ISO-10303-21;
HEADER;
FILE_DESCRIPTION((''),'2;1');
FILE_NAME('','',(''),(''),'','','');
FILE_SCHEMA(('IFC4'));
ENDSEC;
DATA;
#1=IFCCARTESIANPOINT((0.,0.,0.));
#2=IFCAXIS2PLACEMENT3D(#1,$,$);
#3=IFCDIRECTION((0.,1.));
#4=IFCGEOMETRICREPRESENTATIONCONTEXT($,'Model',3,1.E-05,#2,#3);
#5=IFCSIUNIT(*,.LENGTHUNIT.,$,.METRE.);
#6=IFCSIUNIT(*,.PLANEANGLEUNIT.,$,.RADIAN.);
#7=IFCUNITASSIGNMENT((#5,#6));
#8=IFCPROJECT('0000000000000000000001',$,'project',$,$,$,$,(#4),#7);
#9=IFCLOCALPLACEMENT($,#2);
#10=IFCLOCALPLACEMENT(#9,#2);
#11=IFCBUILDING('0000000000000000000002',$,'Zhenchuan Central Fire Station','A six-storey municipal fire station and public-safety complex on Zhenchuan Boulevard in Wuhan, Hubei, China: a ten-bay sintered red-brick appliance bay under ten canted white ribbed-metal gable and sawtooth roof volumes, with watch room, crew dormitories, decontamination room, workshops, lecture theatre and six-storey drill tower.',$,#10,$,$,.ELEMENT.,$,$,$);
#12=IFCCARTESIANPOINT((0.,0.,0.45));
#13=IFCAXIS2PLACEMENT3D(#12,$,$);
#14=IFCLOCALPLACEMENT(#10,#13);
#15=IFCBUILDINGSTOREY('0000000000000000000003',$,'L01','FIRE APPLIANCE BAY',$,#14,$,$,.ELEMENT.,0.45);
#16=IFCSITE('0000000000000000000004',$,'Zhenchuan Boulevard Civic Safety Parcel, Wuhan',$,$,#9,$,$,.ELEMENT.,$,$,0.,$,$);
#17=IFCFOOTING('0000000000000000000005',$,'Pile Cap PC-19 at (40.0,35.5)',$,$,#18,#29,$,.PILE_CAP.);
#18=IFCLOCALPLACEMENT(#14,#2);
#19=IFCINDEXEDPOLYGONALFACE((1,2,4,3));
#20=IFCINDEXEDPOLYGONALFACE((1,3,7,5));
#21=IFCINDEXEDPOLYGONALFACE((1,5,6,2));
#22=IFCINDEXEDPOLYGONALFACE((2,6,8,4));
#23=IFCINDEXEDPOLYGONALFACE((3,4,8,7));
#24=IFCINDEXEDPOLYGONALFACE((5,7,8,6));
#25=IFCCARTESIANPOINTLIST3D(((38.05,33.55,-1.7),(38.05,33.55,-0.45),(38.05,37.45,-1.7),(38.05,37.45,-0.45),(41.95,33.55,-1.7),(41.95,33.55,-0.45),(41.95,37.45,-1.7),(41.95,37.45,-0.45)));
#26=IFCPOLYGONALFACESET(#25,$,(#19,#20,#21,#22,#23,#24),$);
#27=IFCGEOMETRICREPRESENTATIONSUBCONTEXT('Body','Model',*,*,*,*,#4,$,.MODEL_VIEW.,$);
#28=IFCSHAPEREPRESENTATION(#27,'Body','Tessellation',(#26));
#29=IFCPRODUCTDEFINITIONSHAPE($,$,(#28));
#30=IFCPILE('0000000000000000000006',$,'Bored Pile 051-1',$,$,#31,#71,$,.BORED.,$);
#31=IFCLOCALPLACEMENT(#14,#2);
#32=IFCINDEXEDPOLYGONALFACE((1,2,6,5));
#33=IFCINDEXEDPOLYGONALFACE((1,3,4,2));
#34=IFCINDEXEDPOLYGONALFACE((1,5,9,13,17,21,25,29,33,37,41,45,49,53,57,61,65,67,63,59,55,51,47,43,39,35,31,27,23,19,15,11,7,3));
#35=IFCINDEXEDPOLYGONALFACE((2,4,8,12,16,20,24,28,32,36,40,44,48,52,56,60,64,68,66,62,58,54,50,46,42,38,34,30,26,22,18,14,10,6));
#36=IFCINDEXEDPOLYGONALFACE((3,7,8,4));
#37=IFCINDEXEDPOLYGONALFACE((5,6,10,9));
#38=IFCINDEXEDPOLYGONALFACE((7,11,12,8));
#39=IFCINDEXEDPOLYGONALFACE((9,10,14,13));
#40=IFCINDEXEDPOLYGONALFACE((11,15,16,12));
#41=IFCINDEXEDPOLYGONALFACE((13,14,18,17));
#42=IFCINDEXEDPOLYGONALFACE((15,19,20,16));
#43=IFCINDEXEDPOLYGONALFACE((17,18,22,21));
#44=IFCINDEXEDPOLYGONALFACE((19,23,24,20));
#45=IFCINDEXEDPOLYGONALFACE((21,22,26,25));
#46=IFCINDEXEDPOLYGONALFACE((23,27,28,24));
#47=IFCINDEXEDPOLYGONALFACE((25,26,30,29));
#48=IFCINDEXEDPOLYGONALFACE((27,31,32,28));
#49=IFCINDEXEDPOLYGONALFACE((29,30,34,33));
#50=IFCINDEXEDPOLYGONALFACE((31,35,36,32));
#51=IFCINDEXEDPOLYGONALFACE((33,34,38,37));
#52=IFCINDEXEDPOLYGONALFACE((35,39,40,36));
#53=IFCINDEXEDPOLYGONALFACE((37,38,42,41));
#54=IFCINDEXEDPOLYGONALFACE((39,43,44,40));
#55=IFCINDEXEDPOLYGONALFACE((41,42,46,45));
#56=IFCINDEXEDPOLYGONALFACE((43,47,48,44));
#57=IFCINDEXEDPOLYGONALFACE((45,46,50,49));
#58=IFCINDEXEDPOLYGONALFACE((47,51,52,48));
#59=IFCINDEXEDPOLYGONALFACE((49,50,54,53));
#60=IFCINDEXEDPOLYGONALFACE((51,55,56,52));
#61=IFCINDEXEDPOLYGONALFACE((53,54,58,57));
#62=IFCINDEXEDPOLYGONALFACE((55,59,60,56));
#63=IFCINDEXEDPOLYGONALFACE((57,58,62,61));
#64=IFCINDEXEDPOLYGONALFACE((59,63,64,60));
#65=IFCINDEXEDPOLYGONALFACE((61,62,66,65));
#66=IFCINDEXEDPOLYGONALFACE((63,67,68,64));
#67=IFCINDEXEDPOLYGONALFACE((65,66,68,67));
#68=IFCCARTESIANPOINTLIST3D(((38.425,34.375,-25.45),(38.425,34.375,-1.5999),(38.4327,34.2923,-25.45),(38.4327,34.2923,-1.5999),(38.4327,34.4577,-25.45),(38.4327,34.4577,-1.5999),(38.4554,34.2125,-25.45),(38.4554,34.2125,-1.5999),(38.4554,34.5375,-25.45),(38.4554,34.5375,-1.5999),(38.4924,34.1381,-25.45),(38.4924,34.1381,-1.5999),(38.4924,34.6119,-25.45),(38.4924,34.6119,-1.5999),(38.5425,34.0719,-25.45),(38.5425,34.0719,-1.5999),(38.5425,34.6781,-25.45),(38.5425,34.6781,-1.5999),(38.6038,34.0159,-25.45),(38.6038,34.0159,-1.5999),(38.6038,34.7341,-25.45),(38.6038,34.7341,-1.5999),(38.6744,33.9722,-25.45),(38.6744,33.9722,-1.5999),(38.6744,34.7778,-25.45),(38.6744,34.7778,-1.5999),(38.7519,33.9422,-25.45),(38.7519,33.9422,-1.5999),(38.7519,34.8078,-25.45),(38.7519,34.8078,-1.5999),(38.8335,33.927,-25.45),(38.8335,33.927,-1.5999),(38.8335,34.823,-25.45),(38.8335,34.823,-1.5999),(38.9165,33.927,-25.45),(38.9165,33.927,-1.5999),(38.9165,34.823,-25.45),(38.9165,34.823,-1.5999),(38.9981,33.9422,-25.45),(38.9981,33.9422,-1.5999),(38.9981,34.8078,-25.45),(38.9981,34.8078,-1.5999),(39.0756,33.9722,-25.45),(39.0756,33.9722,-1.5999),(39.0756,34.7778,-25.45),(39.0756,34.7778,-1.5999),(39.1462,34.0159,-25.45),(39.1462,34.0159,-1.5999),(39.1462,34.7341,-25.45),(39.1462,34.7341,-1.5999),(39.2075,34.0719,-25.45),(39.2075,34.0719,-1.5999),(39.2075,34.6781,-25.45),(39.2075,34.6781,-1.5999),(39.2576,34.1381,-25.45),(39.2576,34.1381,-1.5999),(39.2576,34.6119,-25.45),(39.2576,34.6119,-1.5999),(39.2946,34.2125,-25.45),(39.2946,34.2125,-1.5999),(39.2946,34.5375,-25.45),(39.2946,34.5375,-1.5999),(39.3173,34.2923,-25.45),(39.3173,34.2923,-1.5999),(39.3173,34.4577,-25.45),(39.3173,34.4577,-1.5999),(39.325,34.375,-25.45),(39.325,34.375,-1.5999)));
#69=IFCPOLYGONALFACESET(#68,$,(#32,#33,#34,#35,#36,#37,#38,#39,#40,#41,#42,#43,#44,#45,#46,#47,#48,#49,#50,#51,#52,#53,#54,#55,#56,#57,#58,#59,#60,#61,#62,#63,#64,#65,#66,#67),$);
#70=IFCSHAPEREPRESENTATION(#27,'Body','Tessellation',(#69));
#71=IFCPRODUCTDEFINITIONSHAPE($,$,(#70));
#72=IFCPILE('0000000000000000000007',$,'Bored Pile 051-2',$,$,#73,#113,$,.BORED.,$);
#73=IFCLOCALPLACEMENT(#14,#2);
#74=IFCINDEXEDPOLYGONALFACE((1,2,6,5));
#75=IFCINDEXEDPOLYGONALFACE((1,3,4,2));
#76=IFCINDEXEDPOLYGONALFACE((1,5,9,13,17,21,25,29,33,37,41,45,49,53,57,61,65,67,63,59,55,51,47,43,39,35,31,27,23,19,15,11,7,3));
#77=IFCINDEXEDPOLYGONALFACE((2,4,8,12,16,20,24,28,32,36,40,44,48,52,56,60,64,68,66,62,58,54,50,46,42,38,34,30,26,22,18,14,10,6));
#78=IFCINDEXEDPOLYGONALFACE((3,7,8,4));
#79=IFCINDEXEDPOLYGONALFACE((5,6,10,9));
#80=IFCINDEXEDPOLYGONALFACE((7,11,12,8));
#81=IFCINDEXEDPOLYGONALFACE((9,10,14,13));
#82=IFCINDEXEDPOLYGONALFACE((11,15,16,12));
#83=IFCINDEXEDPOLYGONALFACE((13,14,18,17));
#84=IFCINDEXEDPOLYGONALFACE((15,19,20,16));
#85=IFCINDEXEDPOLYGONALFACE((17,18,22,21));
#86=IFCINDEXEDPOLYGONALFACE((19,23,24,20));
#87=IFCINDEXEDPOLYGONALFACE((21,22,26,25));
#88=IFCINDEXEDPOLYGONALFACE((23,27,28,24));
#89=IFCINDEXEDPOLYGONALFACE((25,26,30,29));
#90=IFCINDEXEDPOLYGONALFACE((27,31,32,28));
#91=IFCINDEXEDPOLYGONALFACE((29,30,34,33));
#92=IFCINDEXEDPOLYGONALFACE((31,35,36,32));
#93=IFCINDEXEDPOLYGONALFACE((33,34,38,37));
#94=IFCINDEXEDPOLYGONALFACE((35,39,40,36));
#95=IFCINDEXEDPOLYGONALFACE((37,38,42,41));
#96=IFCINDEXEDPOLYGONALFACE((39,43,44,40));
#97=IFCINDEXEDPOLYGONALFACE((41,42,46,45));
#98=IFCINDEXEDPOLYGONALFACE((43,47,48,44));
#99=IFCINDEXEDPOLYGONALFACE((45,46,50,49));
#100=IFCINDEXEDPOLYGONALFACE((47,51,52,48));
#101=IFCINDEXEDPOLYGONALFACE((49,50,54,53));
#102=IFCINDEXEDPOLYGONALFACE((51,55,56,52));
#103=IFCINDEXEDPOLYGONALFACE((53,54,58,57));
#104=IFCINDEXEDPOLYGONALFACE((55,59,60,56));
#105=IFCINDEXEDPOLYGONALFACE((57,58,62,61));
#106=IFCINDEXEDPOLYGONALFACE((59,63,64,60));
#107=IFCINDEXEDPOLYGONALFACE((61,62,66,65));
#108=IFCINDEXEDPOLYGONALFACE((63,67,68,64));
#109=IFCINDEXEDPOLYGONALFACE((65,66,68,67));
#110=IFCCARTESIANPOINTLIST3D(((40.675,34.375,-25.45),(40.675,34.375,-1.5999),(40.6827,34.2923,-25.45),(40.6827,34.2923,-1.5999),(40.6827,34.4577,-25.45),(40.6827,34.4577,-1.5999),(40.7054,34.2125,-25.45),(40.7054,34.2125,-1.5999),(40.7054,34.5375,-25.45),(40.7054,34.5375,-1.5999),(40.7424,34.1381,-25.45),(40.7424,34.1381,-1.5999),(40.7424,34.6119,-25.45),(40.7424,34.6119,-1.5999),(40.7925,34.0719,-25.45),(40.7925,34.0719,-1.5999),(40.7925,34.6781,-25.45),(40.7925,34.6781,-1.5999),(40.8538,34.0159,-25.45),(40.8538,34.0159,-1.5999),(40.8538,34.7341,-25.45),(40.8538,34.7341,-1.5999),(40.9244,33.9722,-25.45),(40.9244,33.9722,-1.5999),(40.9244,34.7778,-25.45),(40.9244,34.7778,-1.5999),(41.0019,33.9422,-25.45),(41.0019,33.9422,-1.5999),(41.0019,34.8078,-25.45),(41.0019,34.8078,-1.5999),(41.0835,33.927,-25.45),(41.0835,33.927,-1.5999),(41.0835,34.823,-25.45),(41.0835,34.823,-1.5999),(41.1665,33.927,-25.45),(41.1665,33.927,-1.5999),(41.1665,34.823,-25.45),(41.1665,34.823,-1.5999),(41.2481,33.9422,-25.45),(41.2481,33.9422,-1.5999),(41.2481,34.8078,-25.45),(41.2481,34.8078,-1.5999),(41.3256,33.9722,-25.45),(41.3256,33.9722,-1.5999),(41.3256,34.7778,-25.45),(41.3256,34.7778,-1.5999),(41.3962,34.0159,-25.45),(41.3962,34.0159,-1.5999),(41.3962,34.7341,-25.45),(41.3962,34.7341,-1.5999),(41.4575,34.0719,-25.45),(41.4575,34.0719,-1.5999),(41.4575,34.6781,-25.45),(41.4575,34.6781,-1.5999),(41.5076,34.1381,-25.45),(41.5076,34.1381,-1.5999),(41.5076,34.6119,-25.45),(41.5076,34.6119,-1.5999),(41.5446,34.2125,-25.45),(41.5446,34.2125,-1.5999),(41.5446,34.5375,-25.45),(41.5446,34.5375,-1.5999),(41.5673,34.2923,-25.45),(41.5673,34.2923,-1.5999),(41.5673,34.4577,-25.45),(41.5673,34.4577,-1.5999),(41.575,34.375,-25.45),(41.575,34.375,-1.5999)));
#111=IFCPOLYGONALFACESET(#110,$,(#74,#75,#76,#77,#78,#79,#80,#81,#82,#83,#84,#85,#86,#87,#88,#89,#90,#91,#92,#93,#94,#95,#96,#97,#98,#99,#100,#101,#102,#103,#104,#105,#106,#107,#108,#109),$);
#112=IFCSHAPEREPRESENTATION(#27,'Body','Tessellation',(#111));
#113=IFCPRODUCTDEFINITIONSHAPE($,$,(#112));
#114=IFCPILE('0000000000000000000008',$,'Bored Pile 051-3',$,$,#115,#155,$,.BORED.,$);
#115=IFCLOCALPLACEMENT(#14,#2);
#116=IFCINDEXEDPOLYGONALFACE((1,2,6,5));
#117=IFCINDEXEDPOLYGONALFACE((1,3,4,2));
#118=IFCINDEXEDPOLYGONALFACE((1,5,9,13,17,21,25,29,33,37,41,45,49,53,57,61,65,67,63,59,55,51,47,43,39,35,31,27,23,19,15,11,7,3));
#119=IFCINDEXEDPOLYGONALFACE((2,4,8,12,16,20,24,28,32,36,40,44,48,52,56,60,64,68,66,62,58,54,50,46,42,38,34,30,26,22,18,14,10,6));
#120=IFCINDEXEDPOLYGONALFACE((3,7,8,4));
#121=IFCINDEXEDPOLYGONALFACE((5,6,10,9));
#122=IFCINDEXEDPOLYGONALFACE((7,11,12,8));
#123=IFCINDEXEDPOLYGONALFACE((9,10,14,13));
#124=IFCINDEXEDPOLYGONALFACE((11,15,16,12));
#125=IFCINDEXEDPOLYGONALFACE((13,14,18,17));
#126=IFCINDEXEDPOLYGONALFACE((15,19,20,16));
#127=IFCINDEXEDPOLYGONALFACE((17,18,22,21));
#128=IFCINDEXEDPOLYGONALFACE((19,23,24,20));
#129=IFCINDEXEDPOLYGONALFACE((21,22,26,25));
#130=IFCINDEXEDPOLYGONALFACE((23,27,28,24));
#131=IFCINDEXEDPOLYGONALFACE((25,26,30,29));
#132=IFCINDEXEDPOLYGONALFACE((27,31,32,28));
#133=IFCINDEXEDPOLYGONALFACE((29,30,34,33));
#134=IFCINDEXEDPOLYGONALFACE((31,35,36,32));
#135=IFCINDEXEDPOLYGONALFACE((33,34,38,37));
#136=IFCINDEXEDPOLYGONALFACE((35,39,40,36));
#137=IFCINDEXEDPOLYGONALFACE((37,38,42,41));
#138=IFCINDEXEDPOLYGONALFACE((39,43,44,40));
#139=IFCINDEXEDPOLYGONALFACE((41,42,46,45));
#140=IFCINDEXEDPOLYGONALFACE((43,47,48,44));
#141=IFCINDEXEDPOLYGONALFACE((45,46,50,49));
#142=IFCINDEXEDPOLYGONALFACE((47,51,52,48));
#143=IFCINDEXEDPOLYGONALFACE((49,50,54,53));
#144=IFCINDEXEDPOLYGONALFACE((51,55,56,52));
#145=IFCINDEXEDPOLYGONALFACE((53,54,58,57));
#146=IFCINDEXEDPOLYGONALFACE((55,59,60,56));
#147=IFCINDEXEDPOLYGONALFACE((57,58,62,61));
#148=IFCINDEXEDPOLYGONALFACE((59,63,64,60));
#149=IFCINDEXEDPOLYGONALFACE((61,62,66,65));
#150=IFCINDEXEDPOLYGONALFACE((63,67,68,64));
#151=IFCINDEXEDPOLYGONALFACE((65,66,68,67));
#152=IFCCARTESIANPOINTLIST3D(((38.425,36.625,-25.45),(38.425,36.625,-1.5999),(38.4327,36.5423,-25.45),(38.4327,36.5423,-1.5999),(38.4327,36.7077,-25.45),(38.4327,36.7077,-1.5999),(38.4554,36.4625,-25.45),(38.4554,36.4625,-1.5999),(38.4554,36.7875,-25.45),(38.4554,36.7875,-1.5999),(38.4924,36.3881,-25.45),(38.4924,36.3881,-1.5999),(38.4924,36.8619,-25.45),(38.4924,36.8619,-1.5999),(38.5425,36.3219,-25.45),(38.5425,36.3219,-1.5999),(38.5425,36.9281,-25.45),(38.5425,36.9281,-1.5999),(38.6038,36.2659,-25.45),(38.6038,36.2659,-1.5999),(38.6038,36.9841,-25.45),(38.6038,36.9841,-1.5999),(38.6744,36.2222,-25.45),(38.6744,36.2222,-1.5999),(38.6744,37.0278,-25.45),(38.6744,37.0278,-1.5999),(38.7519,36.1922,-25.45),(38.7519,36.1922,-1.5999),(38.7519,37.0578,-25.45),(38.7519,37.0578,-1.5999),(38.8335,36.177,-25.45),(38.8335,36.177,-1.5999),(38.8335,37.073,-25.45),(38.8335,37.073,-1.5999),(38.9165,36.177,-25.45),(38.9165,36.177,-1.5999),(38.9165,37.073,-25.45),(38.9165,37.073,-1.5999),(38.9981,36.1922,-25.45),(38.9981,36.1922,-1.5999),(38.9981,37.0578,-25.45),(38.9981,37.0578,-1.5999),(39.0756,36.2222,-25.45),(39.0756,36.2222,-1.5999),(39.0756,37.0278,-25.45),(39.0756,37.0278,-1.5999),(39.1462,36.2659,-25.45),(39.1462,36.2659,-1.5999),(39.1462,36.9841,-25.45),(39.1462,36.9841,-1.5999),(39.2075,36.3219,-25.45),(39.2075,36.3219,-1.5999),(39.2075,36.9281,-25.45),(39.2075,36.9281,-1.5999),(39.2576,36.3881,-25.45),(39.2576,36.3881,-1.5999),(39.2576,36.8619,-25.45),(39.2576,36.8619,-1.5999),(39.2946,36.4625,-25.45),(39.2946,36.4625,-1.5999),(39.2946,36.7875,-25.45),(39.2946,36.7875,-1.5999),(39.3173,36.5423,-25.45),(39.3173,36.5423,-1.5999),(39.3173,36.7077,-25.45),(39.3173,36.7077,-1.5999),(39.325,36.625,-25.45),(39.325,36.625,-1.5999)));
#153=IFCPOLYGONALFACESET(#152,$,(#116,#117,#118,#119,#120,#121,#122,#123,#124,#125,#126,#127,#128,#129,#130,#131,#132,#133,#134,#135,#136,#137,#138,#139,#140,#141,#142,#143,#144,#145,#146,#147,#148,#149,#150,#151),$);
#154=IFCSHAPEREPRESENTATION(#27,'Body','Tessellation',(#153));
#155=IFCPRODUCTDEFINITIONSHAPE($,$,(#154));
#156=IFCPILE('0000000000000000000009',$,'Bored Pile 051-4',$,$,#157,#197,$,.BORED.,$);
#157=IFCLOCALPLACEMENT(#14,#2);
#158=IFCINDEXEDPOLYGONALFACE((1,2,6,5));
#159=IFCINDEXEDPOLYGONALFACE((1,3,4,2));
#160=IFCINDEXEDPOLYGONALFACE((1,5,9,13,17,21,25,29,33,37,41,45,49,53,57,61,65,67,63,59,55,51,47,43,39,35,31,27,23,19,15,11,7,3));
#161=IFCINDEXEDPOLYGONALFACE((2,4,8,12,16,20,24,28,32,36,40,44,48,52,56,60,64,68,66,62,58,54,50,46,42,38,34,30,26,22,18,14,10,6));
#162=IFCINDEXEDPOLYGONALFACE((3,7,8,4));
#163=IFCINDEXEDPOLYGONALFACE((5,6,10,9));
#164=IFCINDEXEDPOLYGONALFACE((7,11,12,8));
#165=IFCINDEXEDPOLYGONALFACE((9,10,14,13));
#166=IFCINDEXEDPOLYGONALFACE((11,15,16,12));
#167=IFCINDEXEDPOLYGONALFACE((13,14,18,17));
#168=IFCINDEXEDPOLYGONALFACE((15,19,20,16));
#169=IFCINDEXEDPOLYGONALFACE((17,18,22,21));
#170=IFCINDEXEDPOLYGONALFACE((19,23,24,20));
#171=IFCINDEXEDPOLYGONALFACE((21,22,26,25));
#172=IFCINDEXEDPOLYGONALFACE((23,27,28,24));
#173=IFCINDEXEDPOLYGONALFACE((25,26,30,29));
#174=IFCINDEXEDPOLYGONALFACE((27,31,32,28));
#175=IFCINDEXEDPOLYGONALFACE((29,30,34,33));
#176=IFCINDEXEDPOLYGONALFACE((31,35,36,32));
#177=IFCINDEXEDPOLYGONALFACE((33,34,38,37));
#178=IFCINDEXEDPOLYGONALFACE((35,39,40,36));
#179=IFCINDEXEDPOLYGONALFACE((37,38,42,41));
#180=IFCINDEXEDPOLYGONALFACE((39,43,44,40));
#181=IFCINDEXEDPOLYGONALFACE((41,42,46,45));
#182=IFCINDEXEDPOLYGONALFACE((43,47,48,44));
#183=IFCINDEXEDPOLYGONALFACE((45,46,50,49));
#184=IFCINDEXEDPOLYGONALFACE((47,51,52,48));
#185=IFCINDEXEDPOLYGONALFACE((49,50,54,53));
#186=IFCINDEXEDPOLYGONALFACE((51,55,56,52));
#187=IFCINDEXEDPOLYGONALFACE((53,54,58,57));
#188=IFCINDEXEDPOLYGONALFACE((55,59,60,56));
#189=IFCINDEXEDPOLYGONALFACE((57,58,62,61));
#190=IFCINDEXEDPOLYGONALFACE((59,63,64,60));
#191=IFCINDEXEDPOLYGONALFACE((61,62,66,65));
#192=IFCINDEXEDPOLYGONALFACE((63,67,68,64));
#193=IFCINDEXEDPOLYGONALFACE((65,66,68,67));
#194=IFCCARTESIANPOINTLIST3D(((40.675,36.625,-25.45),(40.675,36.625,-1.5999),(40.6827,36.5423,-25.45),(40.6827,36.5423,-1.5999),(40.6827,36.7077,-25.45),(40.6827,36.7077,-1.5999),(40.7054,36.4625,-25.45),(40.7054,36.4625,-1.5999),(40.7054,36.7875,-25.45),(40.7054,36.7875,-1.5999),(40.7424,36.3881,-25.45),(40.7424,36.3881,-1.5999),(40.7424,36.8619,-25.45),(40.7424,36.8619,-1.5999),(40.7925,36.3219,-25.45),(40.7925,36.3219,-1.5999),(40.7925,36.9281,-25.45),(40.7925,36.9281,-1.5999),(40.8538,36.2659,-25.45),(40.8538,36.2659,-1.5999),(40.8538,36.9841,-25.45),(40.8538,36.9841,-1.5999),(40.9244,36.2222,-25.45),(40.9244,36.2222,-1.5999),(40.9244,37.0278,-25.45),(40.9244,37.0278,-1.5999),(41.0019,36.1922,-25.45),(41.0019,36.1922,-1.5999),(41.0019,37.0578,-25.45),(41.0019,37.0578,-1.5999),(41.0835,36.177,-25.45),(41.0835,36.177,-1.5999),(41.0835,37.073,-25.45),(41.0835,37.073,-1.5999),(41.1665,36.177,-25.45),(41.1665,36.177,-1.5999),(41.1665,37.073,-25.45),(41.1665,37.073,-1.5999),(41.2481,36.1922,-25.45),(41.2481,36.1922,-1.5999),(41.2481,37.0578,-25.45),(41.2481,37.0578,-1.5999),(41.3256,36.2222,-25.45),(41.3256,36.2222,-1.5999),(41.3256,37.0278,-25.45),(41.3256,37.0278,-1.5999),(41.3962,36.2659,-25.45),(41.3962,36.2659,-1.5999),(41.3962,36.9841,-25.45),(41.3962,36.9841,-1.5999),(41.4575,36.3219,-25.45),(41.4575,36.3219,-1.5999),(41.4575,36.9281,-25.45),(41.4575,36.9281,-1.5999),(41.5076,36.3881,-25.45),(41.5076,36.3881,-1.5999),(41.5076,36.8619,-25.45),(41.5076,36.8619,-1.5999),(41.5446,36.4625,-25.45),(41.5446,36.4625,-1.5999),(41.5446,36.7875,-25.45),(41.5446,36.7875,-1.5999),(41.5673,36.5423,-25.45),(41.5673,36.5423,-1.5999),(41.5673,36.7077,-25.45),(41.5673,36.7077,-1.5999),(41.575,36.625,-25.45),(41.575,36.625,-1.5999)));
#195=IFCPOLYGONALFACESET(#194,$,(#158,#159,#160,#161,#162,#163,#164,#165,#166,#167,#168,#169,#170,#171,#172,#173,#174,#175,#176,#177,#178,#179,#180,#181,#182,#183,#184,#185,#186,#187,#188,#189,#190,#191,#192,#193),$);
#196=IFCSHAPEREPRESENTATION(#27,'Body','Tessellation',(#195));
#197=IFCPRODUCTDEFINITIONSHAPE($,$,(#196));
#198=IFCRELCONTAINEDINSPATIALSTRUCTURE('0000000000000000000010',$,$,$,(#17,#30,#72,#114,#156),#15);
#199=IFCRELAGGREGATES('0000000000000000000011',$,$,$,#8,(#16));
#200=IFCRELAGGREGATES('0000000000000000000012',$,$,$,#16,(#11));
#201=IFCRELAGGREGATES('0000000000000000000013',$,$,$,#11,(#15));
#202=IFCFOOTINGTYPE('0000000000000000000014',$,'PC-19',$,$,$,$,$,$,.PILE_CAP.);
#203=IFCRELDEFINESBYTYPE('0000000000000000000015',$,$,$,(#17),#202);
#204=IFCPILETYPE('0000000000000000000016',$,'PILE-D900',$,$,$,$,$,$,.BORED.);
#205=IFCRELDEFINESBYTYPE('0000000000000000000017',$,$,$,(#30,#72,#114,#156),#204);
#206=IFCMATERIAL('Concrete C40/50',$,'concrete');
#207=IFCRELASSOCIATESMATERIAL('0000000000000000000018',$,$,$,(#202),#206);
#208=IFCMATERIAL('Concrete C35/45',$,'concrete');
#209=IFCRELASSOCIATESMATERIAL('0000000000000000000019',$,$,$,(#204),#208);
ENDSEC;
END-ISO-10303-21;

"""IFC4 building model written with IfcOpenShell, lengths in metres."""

from ifc_helpers import new_model, si_unit, direction, frame, origin, origin_2d, place, context, subcontext, project, spatial, rectangle, circle, extrude, material, material_profile, profile_set, type_object, element, save


model = new_model("IFC4")

# Units and contexts
model_context = context("Model", 3, precision=1e-05, world=origin(), true_north=direction((0.0, 1.0)))
body_context = subcontext(model_context, "Body", "Model", "MODEL_VIEW")
ifc_project = project(units=[si_unit("LENGTHUNIT", "METRE"), si_unit("PLANEANGLEUNIT", "RADIAN")], contexts=[model_context])

# Site, building, storey
site_placement = place(None, origin())
site = spatial("IfcSite", under=ifc_project, at=site_placement, Name="Zhenchuan Boulevard Civic Safety Parcel, Wuhan", CompositionType="ELEMENT", RefElevation=0.0)
building_placement = place(site_placement, origin())
building = spatial("IfcBuilding", under=site, at=building_placement, Name="Zhenchuan Central Fire Station", Description="A six-storey municipal fire station and public-safety complex on Zhenchuan Boulevard in Wuhan, Hubei, China: a ten-bay sintered red-brick appliance bay under ten canted white ribbed-metal gable and sawtooth roof volumes, with watch room, crew dormitories, decontamination room, workshops, lecture theatre and six-storey drill tower.", CompositionType="ELEMENT")
storey_placement = place(building_placement, frame((0.0, 0.0, 0.45)))
storey = spatial("IfcBuildingStorey", under=building, at=storey_placement, Name="L01", Description="FIRE APPLIANCE BAY", CompositionType="ELEMENT", Elevation=0.45)

# Footing
ifc_material_1 = material(Name="Concrete C40/50", Category="concrete")
footing_type = type_object("IfcFootingType", Name="PC-19", PredefinedType="PILE_CAP", material=ifc_material_1)
footing_placement = place(storey_placement, frame((40.0, 35.5, -1.7), z_axis=(0.0, 0.0, 1.0), x_axis=(1.0, 0.0, 0.0)))
element("IfcFooting", 1, at=footing_placement, inside=storey, type_object=footing_type, Name="Pile Cap PC-19 at (40.0,35.5)", PredefinedType="PILE_CAP", context=body_context, shape_type="SweptSolid", body=[
    extrude(rectangle(XDim=3.8999, YDim=3.8999, at=origin_2d()), origin(), (0.0, 0.0, 1.0), 1.25),
])

# Piles
ifc_material_2 = material(Name="Concrete C35/45", Category="concrete")
ifc_material_profile_1 = material_profile(ifc_material_2, circle(Radius=0.45, at=origin_2d()), Name="PILE D900")
ifc_profile_set_1 = profile_set([ifc_material_profile_1], Name="Concrete C35/45")
pile_type = type_object("IfcPileType", Name="PILE-D900", PredefinedType="BORED", material=ifc_profile_set_1)
for number, where, z_axis, x_axis, name in (
    (2, (38.875, 34.375, -1.5999), (0.0, 0.0, -1.0), (1.0, 0.0, 0.0), "Bored Pile 051-1"),
    (3, (41.125, 34.375, -1.5999), (0.0, 0.0, -1.0), (1.0, 0.0, 0.0), "Bored Pile 051-2"),
    (4, (38.875, 36.625, -1.5999), (0.0, 0.0, -1.0), (1.0, 0.0, 0.0), "Bored Pile 051-3"),
    (5, (41.125, 36.625, -1.5999), (0.0, 0.0, -1.0), (1.0, 0.0, 0.0), "Bored Pile 051-4"),
):
    element("IfcPile", number, at=place(storey_placement, frame(where, z_axis=z_axis, x_axis=x_axis)), inside=storey, type_object=pile_type, Name=name, PredefinedType="BORED", context=body_context, shape_type="SweptSolid", body=[
        extrude(circle(Radius=0.45, at=origin_2d()), origin(), (0.0, 0.0, 1.0), 23.8501),
    ])

save(model, "model.ifc")
